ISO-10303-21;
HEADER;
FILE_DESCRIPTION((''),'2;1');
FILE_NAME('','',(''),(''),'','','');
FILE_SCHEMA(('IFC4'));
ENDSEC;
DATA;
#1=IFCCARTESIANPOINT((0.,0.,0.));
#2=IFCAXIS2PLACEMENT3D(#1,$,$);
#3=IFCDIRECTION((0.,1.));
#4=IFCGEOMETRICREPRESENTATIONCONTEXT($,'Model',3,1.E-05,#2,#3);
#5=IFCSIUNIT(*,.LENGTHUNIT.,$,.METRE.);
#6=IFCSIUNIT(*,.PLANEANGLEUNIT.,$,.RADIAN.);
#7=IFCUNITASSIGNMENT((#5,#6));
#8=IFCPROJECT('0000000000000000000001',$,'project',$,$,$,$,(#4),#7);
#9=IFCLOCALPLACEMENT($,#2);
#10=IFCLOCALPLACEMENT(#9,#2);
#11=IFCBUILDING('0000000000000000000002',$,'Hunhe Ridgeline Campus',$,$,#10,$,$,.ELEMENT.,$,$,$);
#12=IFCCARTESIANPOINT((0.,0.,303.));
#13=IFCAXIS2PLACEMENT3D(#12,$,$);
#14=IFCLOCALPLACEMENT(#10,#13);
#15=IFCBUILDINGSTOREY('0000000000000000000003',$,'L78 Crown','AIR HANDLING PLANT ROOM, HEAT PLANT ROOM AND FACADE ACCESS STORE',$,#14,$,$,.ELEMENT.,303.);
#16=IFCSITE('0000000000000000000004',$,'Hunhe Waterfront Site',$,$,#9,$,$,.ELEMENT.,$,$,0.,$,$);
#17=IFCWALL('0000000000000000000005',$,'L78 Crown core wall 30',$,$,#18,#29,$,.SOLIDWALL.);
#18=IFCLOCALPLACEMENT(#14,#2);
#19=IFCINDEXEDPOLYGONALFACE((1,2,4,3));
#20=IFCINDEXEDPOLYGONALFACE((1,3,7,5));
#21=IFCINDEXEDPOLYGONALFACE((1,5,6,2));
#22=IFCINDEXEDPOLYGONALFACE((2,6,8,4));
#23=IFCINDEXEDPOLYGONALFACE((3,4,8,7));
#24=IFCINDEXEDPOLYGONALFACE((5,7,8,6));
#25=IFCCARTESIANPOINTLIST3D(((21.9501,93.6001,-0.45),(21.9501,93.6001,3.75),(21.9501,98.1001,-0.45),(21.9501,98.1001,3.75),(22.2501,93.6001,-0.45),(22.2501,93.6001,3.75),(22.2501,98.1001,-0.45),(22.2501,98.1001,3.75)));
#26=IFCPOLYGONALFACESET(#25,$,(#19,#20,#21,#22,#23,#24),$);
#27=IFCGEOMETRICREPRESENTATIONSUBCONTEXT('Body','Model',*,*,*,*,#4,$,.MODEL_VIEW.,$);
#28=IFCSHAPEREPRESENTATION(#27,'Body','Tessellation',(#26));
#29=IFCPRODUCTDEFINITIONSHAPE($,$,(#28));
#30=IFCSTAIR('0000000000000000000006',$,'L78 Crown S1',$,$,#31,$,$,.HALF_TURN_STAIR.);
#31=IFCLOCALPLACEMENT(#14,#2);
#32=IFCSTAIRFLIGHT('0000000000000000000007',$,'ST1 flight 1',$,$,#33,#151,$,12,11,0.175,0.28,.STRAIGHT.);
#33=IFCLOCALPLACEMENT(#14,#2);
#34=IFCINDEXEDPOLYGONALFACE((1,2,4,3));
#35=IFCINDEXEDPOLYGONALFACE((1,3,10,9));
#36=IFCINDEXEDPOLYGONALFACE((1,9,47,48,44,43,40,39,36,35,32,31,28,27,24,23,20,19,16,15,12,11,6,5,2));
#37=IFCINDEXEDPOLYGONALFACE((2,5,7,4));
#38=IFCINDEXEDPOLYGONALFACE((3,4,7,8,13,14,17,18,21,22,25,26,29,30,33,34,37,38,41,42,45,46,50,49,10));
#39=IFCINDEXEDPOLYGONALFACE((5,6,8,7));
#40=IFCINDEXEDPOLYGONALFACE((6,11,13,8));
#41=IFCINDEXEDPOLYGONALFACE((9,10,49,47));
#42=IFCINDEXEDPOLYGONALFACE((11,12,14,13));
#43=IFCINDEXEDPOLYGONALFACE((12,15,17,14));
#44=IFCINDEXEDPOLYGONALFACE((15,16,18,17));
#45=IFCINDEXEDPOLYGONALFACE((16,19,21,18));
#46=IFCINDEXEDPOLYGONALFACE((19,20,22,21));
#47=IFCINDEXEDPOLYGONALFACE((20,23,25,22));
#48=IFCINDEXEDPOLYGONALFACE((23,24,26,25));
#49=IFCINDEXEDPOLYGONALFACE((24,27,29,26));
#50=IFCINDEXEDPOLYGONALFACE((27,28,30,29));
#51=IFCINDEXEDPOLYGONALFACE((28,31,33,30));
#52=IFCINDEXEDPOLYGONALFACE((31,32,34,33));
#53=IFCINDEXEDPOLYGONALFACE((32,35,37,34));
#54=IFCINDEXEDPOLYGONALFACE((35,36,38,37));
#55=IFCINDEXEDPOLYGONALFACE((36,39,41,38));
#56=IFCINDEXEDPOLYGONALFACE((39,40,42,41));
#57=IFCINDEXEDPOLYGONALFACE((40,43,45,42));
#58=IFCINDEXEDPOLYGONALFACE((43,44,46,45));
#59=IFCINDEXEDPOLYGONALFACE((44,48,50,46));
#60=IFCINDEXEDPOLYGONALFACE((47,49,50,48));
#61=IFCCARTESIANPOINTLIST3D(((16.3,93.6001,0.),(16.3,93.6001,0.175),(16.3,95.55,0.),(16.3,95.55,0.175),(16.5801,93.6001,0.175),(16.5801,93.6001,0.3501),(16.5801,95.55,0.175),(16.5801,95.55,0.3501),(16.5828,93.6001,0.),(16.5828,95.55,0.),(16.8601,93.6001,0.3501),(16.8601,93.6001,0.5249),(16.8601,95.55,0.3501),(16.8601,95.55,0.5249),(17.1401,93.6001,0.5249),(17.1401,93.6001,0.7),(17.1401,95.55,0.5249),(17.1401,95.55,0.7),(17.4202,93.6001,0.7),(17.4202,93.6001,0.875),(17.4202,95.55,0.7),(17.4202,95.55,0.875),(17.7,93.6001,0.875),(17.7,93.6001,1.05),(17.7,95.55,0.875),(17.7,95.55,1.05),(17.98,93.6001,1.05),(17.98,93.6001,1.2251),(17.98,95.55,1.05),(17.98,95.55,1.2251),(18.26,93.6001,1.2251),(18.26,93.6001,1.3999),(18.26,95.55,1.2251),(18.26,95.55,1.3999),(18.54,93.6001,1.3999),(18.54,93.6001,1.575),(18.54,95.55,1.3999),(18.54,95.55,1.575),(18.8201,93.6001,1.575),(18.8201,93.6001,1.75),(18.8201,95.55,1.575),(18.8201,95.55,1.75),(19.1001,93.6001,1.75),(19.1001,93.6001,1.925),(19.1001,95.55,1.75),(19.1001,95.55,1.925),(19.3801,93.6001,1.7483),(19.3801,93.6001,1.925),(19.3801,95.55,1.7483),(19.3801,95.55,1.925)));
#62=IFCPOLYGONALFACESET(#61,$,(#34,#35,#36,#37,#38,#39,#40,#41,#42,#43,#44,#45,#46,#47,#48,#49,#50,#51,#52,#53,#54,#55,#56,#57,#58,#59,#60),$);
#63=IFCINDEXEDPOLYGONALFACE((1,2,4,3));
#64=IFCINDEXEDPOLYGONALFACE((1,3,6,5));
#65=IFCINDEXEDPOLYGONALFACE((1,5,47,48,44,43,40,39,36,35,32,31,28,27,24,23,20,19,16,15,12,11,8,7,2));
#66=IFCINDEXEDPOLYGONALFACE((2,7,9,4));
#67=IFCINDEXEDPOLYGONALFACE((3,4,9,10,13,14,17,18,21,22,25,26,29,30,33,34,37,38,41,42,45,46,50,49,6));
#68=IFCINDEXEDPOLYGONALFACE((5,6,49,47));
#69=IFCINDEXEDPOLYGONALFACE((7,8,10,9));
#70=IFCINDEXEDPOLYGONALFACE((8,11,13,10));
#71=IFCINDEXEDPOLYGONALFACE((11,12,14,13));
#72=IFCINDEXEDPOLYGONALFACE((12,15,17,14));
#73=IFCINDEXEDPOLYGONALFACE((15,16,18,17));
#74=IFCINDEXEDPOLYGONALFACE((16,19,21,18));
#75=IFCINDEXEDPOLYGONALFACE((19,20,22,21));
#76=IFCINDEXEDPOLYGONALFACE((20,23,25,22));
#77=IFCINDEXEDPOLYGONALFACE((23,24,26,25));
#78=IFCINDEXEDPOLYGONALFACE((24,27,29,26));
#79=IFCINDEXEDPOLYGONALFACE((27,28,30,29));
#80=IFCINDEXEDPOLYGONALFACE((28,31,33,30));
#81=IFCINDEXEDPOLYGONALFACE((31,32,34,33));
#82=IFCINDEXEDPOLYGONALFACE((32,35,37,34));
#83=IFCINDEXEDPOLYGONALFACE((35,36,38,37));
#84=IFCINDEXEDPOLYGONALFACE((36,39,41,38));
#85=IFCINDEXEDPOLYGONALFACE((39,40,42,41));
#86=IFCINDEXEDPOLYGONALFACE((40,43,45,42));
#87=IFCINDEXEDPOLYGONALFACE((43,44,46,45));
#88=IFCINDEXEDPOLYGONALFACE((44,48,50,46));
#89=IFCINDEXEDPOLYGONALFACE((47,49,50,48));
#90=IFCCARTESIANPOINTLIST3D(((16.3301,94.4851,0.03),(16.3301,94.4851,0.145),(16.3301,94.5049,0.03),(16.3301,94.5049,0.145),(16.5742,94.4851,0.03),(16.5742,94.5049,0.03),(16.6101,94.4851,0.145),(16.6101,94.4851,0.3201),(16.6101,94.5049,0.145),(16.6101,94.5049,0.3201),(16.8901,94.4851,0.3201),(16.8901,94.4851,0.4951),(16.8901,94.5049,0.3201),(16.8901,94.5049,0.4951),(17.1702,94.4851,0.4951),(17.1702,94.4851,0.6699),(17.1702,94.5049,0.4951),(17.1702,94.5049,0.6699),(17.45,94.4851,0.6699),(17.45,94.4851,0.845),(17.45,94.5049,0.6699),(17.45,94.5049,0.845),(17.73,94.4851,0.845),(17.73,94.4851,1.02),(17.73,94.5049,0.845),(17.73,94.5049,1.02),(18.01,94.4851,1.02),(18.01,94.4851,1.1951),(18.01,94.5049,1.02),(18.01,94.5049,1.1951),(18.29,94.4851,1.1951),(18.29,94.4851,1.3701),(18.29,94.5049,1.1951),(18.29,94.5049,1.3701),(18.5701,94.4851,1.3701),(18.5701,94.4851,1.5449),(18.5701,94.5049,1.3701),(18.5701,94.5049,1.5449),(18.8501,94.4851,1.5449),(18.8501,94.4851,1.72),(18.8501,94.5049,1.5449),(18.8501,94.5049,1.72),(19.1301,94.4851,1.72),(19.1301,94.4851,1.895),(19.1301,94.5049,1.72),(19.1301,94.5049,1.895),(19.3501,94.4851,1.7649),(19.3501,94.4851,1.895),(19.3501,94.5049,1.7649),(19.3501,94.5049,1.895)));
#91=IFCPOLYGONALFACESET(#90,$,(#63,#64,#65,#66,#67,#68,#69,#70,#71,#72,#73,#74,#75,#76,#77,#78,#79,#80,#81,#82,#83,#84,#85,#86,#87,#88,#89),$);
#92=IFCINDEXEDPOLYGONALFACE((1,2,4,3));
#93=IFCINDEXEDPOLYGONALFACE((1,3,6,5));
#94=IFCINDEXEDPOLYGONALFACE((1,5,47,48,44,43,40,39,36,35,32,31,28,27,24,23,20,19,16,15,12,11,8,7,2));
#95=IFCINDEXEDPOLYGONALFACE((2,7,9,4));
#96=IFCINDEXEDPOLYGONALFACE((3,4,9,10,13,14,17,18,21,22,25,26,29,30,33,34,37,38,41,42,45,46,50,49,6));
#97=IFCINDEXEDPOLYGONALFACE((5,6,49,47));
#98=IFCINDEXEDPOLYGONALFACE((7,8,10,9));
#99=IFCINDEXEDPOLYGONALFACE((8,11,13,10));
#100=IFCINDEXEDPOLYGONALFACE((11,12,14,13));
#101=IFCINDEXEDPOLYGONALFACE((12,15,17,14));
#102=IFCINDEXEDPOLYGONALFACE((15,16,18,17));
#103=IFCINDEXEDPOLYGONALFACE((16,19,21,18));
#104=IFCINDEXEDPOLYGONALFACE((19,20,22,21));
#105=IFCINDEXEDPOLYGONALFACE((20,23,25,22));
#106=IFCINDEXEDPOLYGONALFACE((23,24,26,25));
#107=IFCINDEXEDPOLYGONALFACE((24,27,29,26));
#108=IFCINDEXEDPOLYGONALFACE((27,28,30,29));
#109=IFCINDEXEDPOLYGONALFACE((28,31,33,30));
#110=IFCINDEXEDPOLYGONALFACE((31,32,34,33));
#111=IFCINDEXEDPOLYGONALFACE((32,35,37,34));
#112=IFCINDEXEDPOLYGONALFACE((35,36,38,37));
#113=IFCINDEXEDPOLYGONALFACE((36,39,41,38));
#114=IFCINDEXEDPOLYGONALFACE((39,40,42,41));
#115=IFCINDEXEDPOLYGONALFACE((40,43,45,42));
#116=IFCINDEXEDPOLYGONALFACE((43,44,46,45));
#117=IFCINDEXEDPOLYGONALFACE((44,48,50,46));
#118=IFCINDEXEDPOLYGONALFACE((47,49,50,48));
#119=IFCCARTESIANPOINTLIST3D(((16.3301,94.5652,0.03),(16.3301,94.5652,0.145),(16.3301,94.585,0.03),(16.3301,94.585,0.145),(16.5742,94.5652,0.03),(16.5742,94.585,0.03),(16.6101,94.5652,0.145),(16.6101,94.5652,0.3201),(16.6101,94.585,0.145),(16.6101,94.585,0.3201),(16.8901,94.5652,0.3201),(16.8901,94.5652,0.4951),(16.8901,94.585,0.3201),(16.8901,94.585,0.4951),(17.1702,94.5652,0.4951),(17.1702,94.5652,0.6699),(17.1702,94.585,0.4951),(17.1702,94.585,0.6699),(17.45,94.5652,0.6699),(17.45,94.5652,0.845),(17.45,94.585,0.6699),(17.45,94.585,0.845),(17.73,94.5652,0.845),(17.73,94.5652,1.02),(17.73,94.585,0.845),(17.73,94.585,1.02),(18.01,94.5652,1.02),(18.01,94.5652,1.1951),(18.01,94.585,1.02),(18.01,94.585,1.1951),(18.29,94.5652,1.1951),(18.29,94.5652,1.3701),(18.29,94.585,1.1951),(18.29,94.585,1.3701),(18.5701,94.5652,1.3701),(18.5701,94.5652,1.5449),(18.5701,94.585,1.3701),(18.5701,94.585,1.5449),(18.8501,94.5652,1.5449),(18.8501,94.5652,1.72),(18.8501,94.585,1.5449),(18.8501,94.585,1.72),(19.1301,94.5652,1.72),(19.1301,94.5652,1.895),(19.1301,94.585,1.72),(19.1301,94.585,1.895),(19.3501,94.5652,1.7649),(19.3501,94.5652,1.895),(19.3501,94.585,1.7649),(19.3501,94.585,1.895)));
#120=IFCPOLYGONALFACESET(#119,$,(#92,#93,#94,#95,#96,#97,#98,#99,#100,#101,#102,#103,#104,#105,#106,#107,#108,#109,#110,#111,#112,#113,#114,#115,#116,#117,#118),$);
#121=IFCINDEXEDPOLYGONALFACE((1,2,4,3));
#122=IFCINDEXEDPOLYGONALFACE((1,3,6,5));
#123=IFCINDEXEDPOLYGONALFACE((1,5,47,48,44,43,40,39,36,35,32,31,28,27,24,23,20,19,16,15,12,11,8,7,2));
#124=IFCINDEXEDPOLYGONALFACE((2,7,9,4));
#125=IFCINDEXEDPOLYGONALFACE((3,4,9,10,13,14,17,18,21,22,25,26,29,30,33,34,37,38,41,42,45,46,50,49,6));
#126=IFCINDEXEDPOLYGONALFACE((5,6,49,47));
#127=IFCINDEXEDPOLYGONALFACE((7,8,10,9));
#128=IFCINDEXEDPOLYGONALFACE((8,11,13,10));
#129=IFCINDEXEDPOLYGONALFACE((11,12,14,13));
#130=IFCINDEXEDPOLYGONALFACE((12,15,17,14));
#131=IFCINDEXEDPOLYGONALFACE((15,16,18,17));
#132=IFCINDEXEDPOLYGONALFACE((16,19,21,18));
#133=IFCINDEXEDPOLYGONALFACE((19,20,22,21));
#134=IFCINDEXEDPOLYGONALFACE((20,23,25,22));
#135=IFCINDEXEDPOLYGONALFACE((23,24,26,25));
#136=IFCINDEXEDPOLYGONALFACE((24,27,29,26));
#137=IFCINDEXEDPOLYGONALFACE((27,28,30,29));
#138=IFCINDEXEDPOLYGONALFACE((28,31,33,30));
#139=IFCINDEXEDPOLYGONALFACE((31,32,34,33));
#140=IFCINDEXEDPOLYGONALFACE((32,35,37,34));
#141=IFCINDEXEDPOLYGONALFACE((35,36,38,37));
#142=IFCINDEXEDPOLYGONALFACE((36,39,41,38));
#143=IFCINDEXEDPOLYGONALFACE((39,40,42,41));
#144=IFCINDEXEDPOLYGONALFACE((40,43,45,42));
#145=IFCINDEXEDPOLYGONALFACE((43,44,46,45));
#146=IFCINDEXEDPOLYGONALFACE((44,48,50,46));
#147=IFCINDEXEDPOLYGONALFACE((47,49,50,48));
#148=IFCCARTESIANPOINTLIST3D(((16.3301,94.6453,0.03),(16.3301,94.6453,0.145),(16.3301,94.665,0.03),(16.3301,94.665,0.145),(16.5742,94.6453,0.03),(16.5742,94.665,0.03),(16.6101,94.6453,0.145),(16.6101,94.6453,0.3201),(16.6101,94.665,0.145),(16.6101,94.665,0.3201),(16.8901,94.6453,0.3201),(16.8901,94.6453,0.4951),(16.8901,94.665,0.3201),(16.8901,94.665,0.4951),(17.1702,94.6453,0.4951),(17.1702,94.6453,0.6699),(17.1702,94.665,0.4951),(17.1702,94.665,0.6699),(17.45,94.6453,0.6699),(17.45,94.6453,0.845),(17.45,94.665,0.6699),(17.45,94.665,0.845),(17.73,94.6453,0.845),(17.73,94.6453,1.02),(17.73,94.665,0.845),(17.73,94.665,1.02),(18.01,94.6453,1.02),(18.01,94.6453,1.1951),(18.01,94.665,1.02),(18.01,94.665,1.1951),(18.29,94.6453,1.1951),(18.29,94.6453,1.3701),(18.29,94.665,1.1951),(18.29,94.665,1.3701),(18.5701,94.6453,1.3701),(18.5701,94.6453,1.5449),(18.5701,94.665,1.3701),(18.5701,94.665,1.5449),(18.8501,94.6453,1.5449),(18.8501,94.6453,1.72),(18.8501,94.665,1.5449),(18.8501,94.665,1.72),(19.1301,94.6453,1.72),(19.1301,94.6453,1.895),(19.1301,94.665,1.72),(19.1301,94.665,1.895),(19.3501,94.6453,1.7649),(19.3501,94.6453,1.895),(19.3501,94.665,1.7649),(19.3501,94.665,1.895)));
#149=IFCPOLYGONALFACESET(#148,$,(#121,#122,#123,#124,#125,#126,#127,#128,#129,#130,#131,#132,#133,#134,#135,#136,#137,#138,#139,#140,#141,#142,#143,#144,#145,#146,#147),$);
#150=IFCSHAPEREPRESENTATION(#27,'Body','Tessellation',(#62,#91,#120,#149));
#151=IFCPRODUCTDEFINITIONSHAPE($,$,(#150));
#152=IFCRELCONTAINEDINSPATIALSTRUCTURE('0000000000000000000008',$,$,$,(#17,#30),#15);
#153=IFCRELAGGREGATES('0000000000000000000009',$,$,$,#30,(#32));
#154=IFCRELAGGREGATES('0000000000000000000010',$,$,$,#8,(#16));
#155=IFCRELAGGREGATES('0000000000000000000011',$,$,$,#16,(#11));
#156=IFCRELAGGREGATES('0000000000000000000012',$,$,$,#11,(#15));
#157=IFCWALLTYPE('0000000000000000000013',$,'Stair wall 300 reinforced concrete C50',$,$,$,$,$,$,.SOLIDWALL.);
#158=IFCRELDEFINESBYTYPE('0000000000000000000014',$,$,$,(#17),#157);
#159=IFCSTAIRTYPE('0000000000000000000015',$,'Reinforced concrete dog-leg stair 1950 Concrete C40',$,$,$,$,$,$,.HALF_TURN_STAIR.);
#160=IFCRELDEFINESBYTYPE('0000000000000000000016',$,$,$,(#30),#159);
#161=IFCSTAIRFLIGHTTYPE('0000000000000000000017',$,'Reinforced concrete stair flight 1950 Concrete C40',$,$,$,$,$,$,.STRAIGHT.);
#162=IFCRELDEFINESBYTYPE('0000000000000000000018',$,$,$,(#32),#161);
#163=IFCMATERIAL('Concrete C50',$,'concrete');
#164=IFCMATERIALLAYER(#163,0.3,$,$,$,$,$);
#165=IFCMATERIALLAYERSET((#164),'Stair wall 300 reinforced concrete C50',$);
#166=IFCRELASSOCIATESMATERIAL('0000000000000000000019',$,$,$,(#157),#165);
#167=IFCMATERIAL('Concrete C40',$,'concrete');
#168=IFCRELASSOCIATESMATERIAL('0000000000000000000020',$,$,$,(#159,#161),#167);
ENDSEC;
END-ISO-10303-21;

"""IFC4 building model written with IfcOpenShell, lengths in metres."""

from ifc_helpers import new_model, si_unit, direction, frame, frame_2d, origin, place, context, subcontext, project, spatial, polyline, rectangle, outline, extrude, material, layer, layer_set, type_object, element, aggregate, save


model = new_model("IFC4")

# Units and contexts
model_context = context("Model", 3, precision=1e-05, world=origin(), true_north=direction((0.0, 1.0)))
body_context = subcontext(model_context, "Body", "Model", "MODEL_VIEW")
ifc_project = project(units=[si_unit("LENGTHUNIT", "METRE"), si_unit("PLANEANGLEUNIT", "RADIAN")], contexts=[model_context])

# Site, building, storey
site_placement = place(None, origin())
site = spatial("IfcSite", under=ifc_project, at=site_placement, Name="Hunhe Waterfront Site", CompositionType="ELEMENT", RefElevation=0.0)
building_placement = place(site_placement, origin())
building = spatial("IfcBuilding", under=site, at=building_placement, Name="Hunhe Ridgeline Campus", CompositionType="ELEMENT")
storey_placement = place(building_placement, frame((0.0, 0.0, 303.0)))
storey = spatial("IfcBuildingStorey", under=building, at=storey_placement, Name="L78 Crown", Description="AIR HANDLING PLANT ROOM, HEAT PLANT ROOM AND FACADE ACCESS STORE", CompositionType="ELEMENT", Elevation=303.0)

# Shared definitions
ifc_material_1 = material(Name="Concrete C50", Category="concrete")

# Shared definitions
ifc_layer_1 = layer(ifc_material_1, 0.3)
ifc_layer_set_1 = layer_set([ifc_layer_1], Name="Stair wall 300 reinforced concrete C50")
wall_type_1 = type_object("IfcWallType", Name="Stair wall 300 reinforced concrete C50", PredefinedType="SOLIDWALL", material=ifc_layer_set_1)

# Wall
wall_1_placement = place(storey_placement, frame((22.1001, 93.6001, -0.45), z_axis=(0.0, 0.0, 1.0), x_axis=(0.0, 1.0, 0.0)))
element("IfcWall", 1, at=wall_1_placement, inside=storey, type_object=wall_type_1, Name="L78 Crown core wall 30", PredefinedType="SOLIDWALL", context=body_context, shape_type="SweptSolid", body=[
    extrude(rectangle(XDim=4.5, YDim=0.3, at=frame_2d((2.25, 0.0))), origin(), (0.0, 0.0, 1.0), 4.2),
])

# Stair, stair flight
ifc_material_2 = material(Name="Concrete C40", Category="concrete")
stair_type = type_object("IfcStairType", Name="Reinforced concrete dog-leg stair 1950 Concrete C40", PredefinedType="HALF_TURN_STAIR", material=ifc_material_2)
stair_placement = place(storey_placement, origin())
stair = element("IfcStair", 2, at=stair_placement, inside=storey, type_object=stair_type, Name="L78 Crown S1", PredefinedType="HALF_TURN_STAIR")
stair_flight_type = type_object("IfcStairFlightType", Name="Reinforced concrete stair flight 1950 Concrete C40", PredefinedType="STRAIGHT", material=ifc_material_2)
stair_flight_1_placement = place(storey_placement, frame((16.3, 94.575, 0.0), z_axis=(0.0, 0.0, 1.0), x_axis=(1.0, 0.0, 0.0)))
stair_flight_1 = element("IfcStairFlight", 3, at=stair_flight_1_placement, type_object=stair_flight_type, Name="ST1 flight 1", NumberOfRisers=12, NumberOfTreads=11, PredefinedType="STRAIGHT", RiserHeight=0.175, TreadLength=0.28, context=body_context, shape_type="SweptSolid", body=[
    extrude(outline(polyline([(0.0, 0.0), (0.0, 0.175), (0.28, 0.175), (0.28, 0.3501), (0.5601, 0.3501), (0.5601, 0.5249), (0.8401, 0.5249), (0.8401, 0.7), (1.1201, 0.7), (1.1201, 0.875), (1.3999, 0.875), (1.3999, 1.05), (1.6799, 1.05), (1.6799, 1.2251), (1.96, 1.2251), (1.96, 1.3999), (2.24, 1.3999), (2.24, 1.575), (2.52, 1.575), (2.52, 1.75), (2.8, 1.75), (2.8, 1.925), (3.0801, 1.925), (3.0801, 2.1001), (3.0801, 1.7483), (0.2827, 0.0), (0.0, 0.0)])), frame((0.0, 0.9751, 0.0), z_axis=(0.0, -1.0, 0.0), x_axis=(1.0, 0.0, 0.0)), (0.0, 0.0, 1.0), 1.95),
    extrude(outline(polyline([(0.03, 0.03), (0.03, 0.145), (0.3101, 0.145), (0.3101, 0.3201), (0.5901, 0.3201), (0.5901, 0.4951), (0.8701, 0.4951), (0.8701, 0.6699), (1.1499, 0.6699), (1.1499, 0.845), (1.4299, 0.845), (1.4299, 1.02), (1.71, 1.02), (1.71, 1.1951), (1.99, 1.1951), (1.99, 1.3701), (2.27, 1.3701), (2.27, 1.5449), (2.55, 1.5449), (2.55, 1.72), (2.8301, 1.72), (2.8301, 1.895), (3.05, 1.895), (3.05, 1.7649), (0.2742, 0.03), (0.03, 0.03)])), frame((0.0, -0.0701, 0.0), z_axis=(0.0, -1.0, 0.0), x_axis=(1.0, 0.0, 0.0)), (0.0, 0.0, 1.0), 0.0198),
    extrude(outline(polyline([(0.03, 0.03), (0.03, 0.145), (0.3101, 0.145), (0.3101, 0.3201), (0.5901, 0.3201), (0.5901, 0.4951), (0.8701, 0.4951), (0.8701, 0.6699), (1.1499, 0.6699), (1.1499, 0.845), (1.4299, 0.845), (1.4299, 1.02), (1.71, 1.02), (1.71, 1.1951), (1.99, 1.1951), (1.99, 1.3701), (2.27, 1.3701), (2.27, 1.5449), (2.55, 1.5449), (2.55, 1.72), (2.8301, 1.72), (2.8301, 1.895), (3.05, 1.895), (3.05, 1.7649), (0.2742, 0.03), (0.03, 0.03)])), frame((0.0, 0.01, 0.0), z_axis=(0.0, -1.0, 0.0), x_axis=(1.0, 0.0, 0.0)), (0.0, 0.0, 1.0), 0.0198),
    extrude(outline(polyline([(0.03, 0.03), (0.03, 0.145), (0.3101, 0.145), (0.3101, 0.3201), (0.5901, 0.3201), (0.5901, 0.4951), (0.8701, 0.4951), (0.8701, 0.6699), (1.1499, 0.6699), (1.1499, 0.845), (1.4299, 0.845), (1.4299, 1.02), (1.71, 1.02), (1.71, 1.1951), (1.99, 1.1951), (1.99, 1.3701), (2.27, 1.3701), (2.27, 1.5449), (2.55, 1.5449), (2.55, 1.72), (2.8301, 1.72), (2.8301, 1.895), (3.05, 1.895), (3.05, 1.7649), (0.2742, 0.03), (0.03, 0.03)])), frame((0.0, 0.0901, 0.0), z_axis=(0.0, -1.0, 0.0), x_axis=(1.0, 0.0, 0.0)), (0.0, 0.0, 1.0), 0.0198),
])
aggregate(stair, [stair_flight_1])

save(model, "model.ifc")
